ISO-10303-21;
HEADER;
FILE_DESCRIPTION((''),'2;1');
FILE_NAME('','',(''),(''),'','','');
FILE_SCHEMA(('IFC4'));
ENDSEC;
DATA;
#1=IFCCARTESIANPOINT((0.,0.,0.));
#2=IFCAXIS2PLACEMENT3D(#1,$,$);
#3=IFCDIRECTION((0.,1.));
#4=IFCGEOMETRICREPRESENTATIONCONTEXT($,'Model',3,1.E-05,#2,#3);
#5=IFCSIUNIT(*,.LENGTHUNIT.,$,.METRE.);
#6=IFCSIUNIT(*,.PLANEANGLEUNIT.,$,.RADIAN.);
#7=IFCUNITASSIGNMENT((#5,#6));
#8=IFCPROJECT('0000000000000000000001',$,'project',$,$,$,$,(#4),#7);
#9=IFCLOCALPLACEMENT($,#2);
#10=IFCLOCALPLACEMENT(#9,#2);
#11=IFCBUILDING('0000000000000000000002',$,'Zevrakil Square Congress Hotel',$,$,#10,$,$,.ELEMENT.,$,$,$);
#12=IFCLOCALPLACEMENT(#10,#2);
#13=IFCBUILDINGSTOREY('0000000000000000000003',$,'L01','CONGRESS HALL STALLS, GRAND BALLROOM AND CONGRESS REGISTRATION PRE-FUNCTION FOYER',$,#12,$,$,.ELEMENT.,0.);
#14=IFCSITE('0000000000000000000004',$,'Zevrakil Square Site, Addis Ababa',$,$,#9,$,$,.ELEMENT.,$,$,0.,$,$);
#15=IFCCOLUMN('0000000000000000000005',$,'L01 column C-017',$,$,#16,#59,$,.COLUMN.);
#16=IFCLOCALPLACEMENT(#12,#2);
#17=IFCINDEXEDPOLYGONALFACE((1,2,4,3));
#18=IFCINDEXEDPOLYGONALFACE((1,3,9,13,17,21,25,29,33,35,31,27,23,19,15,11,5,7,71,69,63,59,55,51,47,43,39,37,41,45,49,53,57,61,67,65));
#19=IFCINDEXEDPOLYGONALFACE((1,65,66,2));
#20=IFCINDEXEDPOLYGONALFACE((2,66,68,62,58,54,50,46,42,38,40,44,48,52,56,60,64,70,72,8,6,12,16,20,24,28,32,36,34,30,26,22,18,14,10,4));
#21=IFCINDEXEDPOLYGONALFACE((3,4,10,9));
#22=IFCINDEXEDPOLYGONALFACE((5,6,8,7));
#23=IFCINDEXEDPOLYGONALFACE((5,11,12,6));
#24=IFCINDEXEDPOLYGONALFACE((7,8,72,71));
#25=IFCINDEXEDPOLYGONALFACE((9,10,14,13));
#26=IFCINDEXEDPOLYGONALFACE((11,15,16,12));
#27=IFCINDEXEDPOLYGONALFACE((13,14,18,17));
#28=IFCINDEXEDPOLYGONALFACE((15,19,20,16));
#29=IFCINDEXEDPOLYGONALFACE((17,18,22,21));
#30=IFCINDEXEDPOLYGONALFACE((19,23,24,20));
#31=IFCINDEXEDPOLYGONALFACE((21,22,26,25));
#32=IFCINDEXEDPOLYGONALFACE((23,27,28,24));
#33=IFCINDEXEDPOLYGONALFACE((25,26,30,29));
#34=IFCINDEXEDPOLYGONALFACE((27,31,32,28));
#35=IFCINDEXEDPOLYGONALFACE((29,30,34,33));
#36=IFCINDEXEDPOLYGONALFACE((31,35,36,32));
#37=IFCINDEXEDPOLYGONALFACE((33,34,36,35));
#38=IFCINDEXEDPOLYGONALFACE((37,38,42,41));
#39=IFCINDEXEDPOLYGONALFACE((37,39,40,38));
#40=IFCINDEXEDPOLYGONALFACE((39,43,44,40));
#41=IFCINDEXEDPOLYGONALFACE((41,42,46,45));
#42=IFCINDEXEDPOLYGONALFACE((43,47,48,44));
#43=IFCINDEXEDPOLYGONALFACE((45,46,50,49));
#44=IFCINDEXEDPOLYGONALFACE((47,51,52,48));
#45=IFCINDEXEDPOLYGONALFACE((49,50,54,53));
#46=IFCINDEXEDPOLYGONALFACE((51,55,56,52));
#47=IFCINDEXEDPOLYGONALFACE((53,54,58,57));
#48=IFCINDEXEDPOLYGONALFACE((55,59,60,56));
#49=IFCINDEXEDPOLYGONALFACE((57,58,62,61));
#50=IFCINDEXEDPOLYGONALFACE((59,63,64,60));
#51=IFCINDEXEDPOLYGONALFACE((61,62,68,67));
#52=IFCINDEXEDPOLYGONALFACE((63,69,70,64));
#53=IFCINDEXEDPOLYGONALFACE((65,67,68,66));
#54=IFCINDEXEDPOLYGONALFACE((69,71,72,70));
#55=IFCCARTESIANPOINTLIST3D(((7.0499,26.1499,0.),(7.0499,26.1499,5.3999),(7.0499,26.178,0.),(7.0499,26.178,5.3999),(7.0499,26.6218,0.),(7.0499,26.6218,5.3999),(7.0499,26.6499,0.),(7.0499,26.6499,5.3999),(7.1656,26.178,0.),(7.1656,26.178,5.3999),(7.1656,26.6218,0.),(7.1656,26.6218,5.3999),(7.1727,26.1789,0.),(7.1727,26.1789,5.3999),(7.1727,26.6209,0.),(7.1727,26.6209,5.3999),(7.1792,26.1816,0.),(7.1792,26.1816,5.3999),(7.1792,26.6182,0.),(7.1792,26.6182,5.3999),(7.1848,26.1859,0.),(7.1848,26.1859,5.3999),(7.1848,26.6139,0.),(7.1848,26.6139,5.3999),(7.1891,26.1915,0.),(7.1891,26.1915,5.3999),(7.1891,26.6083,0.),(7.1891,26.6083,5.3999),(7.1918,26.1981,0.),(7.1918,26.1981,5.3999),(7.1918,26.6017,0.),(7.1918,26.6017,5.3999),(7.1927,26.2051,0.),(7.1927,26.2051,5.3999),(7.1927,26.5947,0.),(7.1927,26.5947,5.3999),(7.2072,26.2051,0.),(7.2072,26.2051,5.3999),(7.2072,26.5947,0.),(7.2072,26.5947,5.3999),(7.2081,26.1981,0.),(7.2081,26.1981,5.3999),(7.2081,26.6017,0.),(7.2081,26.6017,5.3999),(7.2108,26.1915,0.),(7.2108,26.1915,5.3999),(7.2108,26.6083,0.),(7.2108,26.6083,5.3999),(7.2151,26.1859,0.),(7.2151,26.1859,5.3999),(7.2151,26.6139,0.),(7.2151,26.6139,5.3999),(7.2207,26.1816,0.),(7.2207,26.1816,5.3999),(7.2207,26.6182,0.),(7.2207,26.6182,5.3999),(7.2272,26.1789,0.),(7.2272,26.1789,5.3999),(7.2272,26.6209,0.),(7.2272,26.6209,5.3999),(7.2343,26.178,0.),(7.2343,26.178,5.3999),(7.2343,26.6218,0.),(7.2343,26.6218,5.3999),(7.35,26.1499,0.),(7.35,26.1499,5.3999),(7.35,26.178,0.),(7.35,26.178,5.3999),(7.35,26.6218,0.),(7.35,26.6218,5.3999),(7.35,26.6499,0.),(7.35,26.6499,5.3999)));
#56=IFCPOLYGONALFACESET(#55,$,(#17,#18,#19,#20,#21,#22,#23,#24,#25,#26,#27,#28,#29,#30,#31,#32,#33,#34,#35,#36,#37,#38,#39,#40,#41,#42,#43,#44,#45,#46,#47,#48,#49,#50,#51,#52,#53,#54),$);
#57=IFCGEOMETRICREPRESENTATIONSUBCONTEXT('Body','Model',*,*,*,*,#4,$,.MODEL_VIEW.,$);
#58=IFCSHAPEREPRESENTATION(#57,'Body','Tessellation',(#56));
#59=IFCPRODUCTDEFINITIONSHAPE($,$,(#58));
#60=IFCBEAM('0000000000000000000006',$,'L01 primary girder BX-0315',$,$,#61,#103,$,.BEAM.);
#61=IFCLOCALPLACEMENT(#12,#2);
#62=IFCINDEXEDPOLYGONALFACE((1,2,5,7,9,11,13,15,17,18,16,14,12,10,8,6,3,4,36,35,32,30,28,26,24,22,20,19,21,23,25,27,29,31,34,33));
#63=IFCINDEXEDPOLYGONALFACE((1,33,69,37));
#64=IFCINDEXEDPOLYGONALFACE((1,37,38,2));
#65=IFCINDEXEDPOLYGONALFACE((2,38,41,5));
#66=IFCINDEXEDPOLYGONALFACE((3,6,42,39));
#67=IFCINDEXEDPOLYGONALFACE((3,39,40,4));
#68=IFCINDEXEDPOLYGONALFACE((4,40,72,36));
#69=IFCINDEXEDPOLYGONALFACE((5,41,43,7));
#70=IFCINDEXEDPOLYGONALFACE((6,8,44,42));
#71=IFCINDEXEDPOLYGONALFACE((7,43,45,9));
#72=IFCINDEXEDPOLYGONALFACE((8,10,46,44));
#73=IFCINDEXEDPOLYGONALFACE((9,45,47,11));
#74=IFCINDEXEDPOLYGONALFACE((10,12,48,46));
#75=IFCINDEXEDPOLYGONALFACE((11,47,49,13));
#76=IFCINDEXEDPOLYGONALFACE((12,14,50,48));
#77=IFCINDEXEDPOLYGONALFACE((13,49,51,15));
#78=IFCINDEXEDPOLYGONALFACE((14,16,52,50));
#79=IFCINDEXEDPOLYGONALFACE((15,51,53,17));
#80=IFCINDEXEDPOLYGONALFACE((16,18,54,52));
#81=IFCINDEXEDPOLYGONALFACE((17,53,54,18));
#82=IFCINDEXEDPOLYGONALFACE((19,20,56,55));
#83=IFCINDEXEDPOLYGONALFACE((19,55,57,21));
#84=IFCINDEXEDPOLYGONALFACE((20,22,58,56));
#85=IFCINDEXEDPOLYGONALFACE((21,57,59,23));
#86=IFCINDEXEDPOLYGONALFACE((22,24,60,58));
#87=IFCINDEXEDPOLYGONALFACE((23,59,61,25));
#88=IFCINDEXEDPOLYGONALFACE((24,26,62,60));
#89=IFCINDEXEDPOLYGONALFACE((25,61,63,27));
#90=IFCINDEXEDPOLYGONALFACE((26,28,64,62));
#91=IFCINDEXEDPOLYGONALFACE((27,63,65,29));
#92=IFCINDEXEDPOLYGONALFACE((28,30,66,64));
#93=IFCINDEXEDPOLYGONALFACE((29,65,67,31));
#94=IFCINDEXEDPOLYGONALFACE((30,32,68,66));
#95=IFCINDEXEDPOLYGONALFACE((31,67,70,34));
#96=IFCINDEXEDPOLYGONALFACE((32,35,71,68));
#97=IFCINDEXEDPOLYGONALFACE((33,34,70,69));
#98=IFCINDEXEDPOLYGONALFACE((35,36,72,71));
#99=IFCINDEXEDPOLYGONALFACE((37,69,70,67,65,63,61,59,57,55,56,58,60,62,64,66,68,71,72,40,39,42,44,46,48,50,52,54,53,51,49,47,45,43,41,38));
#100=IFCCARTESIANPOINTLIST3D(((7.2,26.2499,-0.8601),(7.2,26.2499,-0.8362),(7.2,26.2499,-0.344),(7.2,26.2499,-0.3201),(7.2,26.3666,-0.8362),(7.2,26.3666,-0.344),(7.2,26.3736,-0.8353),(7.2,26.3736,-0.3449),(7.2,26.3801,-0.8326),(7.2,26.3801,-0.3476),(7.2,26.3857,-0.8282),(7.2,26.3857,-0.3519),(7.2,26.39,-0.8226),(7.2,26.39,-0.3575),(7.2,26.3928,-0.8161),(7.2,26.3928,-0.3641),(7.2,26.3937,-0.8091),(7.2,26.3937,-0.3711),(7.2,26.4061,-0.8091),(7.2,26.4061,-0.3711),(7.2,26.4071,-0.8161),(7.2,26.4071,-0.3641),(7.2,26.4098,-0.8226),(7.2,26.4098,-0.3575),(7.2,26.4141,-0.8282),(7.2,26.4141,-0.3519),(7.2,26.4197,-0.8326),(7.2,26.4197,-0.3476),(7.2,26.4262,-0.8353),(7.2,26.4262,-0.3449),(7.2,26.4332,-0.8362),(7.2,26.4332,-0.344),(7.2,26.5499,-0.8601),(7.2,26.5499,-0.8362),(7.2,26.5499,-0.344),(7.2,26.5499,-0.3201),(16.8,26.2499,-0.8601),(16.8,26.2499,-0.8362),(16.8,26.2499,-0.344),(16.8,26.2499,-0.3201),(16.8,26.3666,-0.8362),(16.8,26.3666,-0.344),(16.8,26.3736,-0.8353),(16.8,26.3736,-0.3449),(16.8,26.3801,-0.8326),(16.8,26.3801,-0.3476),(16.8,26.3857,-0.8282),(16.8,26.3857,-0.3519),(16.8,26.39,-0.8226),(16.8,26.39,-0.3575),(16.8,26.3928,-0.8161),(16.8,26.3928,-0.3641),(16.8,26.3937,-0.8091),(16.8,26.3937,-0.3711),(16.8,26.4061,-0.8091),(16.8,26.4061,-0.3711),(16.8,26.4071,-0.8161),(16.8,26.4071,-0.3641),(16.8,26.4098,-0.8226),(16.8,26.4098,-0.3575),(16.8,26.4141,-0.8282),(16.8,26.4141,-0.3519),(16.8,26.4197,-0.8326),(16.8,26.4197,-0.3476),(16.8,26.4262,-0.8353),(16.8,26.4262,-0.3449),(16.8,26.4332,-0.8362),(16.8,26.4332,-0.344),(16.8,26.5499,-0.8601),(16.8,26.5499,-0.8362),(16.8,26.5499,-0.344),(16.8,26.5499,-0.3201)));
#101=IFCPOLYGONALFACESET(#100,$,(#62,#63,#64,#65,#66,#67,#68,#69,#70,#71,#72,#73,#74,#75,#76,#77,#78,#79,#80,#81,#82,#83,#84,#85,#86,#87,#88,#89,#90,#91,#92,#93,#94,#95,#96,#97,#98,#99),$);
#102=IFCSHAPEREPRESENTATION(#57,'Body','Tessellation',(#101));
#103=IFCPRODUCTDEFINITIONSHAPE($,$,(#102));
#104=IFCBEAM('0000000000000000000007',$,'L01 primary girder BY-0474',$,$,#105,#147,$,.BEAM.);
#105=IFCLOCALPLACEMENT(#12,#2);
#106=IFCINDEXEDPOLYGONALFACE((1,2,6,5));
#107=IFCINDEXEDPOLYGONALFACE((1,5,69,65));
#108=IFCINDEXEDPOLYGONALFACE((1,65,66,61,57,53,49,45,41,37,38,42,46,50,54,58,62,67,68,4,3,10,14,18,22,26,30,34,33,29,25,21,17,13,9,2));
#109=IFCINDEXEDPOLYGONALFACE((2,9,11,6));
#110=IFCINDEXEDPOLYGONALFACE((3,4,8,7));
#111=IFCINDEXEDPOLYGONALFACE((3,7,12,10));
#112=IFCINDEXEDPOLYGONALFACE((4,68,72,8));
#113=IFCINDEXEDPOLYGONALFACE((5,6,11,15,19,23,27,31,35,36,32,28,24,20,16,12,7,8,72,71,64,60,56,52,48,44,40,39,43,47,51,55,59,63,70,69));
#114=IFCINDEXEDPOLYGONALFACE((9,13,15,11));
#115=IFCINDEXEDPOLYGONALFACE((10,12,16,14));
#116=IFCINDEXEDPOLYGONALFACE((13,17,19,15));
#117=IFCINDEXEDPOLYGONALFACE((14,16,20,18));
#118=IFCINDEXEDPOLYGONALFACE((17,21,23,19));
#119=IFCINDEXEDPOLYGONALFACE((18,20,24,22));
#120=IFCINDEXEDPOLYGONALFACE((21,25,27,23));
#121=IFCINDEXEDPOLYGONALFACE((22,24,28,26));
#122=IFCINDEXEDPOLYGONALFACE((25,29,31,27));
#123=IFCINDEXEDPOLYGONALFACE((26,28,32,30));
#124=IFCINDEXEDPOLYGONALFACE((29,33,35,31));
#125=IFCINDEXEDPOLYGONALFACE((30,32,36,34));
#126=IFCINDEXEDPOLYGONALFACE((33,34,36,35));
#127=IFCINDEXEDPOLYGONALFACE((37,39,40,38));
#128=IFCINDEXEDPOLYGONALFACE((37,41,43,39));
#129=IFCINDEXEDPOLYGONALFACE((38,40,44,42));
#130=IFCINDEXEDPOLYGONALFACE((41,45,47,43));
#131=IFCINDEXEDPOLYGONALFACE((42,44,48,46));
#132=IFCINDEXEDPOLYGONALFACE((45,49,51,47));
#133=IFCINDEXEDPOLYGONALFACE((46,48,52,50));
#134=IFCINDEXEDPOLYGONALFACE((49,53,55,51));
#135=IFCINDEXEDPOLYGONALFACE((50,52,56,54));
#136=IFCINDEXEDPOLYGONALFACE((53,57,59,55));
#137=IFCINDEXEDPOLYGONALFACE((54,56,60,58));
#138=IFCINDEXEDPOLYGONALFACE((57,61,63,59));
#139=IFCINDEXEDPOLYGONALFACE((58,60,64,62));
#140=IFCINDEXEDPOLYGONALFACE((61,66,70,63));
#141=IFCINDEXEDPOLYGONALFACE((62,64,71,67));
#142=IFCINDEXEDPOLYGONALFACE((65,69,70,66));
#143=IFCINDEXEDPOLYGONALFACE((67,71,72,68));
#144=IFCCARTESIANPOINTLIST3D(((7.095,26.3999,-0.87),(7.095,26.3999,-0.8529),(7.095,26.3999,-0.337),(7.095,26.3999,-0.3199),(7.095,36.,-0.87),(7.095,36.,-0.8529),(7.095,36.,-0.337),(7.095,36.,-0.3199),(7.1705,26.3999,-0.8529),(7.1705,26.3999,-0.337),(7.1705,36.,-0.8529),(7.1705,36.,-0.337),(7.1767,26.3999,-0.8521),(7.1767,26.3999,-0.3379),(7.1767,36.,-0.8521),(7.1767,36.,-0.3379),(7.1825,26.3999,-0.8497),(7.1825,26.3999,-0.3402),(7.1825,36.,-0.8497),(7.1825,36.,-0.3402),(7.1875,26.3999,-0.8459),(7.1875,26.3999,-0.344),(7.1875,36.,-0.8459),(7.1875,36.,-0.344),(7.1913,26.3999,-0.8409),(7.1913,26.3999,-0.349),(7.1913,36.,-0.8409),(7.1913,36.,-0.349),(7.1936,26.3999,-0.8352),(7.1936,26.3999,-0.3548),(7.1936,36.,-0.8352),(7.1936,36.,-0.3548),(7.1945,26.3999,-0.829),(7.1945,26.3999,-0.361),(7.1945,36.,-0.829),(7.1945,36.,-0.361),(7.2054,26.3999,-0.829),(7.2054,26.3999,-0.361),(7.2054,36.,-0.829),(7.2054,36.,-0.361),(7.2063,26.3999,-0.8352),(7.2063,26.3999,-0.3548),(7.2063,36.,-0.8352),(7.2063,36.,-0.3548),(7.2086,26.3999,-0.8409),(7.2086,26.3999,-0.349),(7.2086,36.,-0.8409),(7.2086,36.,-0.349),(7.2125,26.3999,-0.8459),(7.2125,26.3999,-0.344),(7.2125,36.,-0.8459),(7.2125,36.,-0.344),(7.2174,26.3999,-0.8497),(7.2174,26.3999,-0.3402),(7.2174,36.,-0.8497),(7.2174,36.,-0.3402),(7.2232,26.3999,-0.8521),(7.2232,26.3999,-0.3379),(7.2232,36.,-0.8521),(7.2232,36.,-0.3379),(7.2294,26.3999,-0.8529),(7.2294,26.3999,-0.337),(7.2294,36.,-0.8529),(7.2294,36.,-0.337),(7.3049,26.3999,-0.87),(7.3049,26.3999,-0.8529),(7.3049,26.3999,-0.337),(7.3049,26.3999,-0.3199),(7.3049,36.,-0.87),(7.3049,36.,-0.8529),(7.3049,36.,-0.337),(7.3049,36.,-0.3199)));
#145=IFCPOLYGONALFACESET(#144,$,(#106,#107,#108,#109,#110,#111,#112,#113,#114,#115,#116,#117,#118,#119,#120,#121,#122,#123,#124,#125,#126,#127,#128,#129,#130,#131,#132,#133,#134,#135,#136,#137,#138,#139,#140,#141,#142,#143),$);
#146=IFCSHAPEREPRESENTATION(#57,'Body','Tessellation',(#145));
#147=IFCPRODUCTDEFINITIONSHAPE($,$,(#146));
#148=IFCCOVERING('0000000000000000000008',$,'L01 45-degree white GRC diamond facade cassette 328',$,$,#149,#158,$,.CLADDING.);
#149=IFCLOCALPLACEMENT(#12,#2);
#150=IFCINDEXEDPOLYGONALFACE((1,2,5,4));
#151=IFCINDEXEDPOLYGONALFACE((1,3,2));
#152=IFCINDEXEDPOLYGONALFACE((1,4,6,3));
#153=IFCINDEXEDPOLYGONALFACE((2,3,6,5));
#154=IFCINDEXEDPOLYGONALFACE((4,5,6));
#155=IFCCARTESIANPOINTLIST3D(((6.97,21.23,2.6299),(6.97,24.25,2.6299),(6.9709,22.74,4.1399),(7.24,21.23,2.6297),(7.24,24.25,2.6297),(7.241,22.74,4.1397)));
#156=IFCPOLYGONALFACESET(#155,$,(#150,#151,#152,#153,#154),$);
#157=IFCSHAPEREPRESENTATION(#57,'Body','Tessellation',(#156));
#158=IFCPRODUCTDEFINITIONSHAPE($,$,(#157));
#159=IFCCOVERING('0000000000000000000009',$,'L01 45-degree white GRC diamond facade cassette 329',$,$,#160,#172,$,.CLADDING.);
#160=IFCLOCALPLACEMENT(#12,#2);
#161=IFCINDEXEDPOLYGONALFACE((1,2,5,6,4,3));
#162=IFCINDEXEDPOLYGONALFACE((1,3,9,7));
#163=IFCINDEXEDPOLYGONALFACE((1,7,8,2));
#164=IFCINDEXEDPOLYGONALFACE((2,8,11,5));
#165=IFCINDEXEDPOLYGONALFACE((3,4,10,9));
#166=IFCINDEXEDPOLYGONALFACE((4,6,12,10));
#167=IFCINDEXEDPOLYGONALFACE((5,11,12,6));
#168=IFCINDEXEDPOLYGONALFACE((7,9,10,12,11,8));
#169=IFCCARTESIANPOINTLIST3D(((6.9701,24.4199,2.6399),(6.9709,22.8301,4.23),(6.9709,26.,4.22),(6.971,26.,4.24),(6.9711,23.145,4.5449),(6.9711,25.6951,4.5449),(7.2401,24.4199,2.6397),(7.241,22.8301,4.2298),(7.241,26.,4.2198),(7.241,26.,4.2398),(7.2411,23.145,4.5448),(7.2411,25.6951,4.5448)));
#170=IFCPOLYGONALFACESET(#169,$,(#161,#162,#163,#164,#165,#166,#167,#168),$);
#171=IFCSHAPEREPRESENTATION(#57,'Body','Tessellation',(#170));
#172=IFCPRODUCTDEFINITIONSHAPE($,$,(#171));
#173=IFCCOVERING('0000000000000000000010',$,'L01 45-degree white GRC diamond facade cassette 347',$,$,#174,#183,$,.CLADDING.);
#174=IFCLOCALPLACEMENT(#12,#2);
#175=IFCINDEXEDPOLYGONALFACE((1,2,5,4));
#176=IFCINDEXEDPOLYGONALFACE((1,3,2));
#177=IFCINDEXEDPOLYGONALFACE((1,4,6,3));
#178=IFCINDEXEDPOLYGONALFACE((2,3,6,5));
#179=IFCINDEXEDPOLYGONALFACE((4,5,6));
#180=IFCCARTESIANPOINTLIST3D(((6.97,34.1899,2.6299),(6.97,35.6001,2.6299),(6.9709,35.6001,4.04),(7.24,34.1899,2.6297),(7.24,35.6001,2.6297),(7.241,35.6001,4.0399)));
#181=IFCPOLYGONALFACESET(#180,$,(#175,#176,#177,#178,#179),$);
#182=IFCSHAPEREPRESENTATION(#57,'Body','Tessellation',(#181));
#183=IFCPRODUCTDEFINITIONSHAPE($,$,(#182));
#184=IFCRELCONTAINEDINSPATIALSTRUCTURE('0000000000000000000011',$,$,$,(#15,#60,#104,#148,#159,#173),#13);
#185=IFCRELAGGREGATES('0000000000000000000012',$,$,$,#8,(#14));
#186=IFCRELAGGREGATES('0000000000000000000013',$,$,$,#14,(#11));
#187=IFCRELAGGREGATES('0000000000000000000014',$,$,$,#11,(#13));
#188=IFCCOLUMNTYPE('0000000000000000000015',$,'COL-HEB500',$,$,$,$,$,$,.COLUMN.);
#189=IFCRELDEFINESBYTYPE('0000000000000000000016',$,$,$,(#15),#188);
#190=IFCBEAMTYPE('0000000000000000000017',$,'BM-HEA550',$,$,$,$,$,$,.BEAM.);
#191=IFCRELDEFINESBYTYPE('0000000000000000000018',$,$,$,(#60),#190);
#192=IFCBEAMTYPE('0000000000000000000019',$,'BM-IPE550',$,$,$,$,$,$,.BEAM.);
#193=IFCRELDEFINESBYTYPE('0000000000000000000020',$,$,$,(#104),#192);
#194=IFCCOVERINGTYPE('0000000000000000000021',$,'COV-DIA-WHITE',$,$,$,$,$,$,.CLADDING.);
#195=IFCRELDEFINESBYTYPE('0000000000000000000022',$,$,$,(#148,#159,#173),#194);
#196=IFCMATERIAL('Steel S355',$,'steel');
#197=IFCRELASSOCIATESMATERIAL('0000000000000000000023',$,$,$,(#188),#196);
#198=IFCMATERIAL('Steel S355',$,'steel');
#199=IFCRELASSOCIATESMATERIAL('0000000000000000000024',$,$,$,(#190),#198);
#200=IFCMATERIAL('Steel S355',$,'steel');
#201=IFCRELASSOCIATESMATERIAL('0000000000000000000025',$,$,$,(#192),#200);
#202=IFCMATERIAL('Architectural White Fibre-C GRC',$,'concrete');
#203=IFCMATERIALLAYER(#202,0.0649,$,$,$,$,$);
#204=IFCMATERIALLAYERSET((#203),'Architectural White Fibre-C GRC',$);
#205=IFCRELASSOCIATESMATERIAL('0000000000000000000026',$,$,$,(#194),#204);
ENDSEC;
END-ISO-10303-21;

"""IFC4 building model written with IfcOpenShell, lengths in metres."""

from ifc_helpers import new_model, si_unit, direction, frame, origin, origin_2d, place, context, subcontext, project, spatial, polyline, i_section, outline, extrude, material, layer, layer_set, material_profile, profile_set, type_object, element, save


model = new_model("IFC4")

# Units and contexts
model_context = context("Model", 3, precision=1e-05, world=origin(), true_north=direction((0.0, 1.0)))
body_context = subcontext(model_context, "Body", "Model", "MODEL_VIEW")
ifc_project = project(units=[si_unit("LENGTHUNIT", "METRE"), si_unit("PLANEANGLEUNIT", "RADIAN")], contexts=[model_context])

# Site, building, storey
site_placement = place(None, origin())
site = spatial("IfcSite", under=ifc_project, at=site_placement, Name="Zevrakil Square Site, Addis Ababa", CompositionType="ELEMENT", RefElevation=0.0)
building_placement = place(site_placement, origin())
building = spatial("IfcBuilding", under=site, at=building_placement, Name="Zevrakil Square Congress Hotel", CompositionType="ELEMENT")
storey_placement = place(building_placement, origin())
storey = spatial("IfcBuildingStorey", under=building, at=storey_placement, Name="L01", Description="CONGRESS HALL STALLS, GRAND BALLROOM AND CONGRESS REGISTRATION PRE-FUNCTION FOYER", CompositionType="ELEMENT", Elevation=0.0)

# Column
ifc_material_1 = material(Name="Steel S355", Category="steel")
ifc_material_profile_1 = material_profile(ifc_material_1, i_section(OverallWidth=0.3, OverallDepth=0.5, WebThickness=0.0144, FlangeThickness=0.0281, FilletRadius=0.0271, at=origin_2d()), Name="HEB 500")
ifc_profile_set_1 = profile_set([ifc_material_profile_1], Name="Steel S355")
column_type = type_object("IfcColumnType", Name="COL-HEB500", PredefinedType="COLUMN", material=ifc_profile_set_1)
column_placement = place(storey_placement, frame((7.2, 26.3999, 0.0), z_axis=(0.0, 0.0, 1.0), x_axis=(1.0, 0.0, 0.0)))
element("IfcColumn", 1, at=column_placement, inside=storey, type_object=column_type, Name="L01 column C-017", PredefinedType="COLUMN", context=body_context, shape_type="SweptSolid", body=[
    extrude(i_section(OverallWidth=0.3, OverallDepth=0.5, WebThickness=0.0144, FlangeThickness=0.0281, FilletRadius=0.0271, at=origin_2d()), origin(), (0.0, 0.0, 1.0), 5.3999),
])

# Beams
ifc_material_2 = material(Name="Steel S355", Category="steel")
ifc_material_profile_2 = material_profile(ifc_material_2, i_section(OverallWidth=0.3, OverallDepth=0.54, WebThickness=0.0125, FlangeThickness=0.0239, FilletRadius=0.0271, at=origin_2d()), Name="HEA 550")
ifc_profile_set_2 = profile_set([ifc_material_profile_2], Name="Steel S355")
beam_type_1 = type_object("IfcBeamType", Name="BM-HEA550", PredefinedType="BEAM", material=ifc_profile_set_2)
beam_1_placement = place(storey_placement, frame((7.2, 26.3999, -0.5901), z_axis=(1.0, 0.0, 0.0), x_axis=(0.0, 1.0, 0.0)))
element("IfcBeam", 2, at=beam_1_placement, inside=storey, type_object=beam_type_1, Name="L01 primary girder BX-0315", PredefinedType="BEAM", context=body_context, shape_type="SweptSolid", body=[
    extrude(i_section(OverallWidth=0.3, OverallDepth=0.54, WebThickness=0.0125, FlangeThickness=0.0239, FilletRadius=0.0271, at=origin_2d()), origin(), (0.0, 0.0, 1.0), 9.6001),
])
ifc_material_3 = material(Name="Steel S355", Category="steel")
ifc_material_profile_3 = material_profile(ifc_material_3, i_section(OverallWidth=0.21, OverallDepth=0.55, WebThickness=0.011, FlangeThickness=0.0171, FilletRadius=0.0239, at=origin_2d()), Name="IPE 550")
ifc_profile_set_3 = profile_set([ifc_material_profile_3], Name="Steel S355")
beam_type_2 = type_object("IfcBeamType", Name="BM-IPE550", PredefinedType="BEAM", material=ifc_profile_set_3)
beam_2_placement = place(storey_placement, frame((7.2, 26.3999, -0.595), z_axis=(0.0, 1.0, 0.0), x_axis=(-1.0, 0.0, 0.0)))
element("IfcBeam", 3, at=beam_2_placement, inside=storey, type_object=beam_type_2, Name="L01 primary girder BY-0474", PredefinedType="BEAM", context=body_context, shape_type="SweptSolid", body=[
    extrude(i_section(OverallWidth=0.21, OverallDepth=0.55, WebThickness=0.011, FlangeThickness=0.0171, FilletRadius=0.0239, at=origin_2d()), origin(), (0.0, 0.0, 1.0), 9.6001),
])

# Coverings
ifc_material_4 = material(Name="Architectural White Fibre-C GRC", Category="concrete")
ifc_layer_1 = layer(ifc_material_4, 0.0649)
ifc_layer_set_1 = layer_set([ifc_layer_1], Name="Architectural White Fibre-C GRC")
covering_type_1 = type_object("IfcCoveringType", Name="COV-DIA-WHITE", PredefinedType="CLADDING", material=ifc_layer_set_1)
covering_1_placement = place(storey_placement, frame((6.9709, 22.74, 4.1399), z_axis=(-1.0, 0.0, 0.000647), x_axis=(-0.000457, -0.707107, -0.707107)))
element("IfcCovering", 4, at=covering_1_placement, inside=storey, type_object=covering_type_1, Name="L01 45-degree white GRC diamond facade cassette 328", PredefinedType="CLADDING", context=body_context, shape_type="SweptSolid", body=[
    extrude(outline(polyline([(0.0, 0.0), (2.1355, 0.0), (0.0, -2.1355), (0.0, 0.0)])), origin(), (0.0, 0.0, -1.0), 0.27),
])
covering_2_placement = place(storey_placement, frame((6.9709, 22.8301, 4.23), z_axis=(-1.0, 0.000001, 0.000542), x_axis=(-0.000383, 0.707052, -0.707161)))
element("IfcCovering", 5, at=covering_2_placement, inside=storey, type_object=covering_type_1, Name="L01 45-degree white GRC diamond facade cassette 329", PredefinedType="CLADDING", context=body_context, shape_type="SweptSolid", body=[
    extrude(outline(polyline([(0.0, 0.0), (2.2486, 0.0), (2.2484, -2.2346), (2.2342, -2.2487), (1.803, -2.2487), (0.0, -0.4454), (0.0, 0.0)])), origin(), (0.0, 0.0, -1.0), 0.27),
])
covering_3_placement = place(storey_placement, frame((6.97, 34.1899, 2.6299), z_axis=(-1.0, 0.0, 0.000693), x_axis=(0.0, 1.0, 0.0)))
element("IfcCovering", 6, at=covering_3_placement, inside=storey, type_object=covering_type_1, Name="L01 45-degree white GRC diamond facade cassette 347", PredefinedType="CLADDING", context=body_context, shape_type="SweptSolid", body=[
    extrude(outline(polyline([(0.0, 0.0), (1.4102, 0.0), (1.4102, -1.4102), (0.0, 0.0)])), origin(), (0.0, 0.0, -1.0), 0.27),
])

save(model, "model.ifc")
